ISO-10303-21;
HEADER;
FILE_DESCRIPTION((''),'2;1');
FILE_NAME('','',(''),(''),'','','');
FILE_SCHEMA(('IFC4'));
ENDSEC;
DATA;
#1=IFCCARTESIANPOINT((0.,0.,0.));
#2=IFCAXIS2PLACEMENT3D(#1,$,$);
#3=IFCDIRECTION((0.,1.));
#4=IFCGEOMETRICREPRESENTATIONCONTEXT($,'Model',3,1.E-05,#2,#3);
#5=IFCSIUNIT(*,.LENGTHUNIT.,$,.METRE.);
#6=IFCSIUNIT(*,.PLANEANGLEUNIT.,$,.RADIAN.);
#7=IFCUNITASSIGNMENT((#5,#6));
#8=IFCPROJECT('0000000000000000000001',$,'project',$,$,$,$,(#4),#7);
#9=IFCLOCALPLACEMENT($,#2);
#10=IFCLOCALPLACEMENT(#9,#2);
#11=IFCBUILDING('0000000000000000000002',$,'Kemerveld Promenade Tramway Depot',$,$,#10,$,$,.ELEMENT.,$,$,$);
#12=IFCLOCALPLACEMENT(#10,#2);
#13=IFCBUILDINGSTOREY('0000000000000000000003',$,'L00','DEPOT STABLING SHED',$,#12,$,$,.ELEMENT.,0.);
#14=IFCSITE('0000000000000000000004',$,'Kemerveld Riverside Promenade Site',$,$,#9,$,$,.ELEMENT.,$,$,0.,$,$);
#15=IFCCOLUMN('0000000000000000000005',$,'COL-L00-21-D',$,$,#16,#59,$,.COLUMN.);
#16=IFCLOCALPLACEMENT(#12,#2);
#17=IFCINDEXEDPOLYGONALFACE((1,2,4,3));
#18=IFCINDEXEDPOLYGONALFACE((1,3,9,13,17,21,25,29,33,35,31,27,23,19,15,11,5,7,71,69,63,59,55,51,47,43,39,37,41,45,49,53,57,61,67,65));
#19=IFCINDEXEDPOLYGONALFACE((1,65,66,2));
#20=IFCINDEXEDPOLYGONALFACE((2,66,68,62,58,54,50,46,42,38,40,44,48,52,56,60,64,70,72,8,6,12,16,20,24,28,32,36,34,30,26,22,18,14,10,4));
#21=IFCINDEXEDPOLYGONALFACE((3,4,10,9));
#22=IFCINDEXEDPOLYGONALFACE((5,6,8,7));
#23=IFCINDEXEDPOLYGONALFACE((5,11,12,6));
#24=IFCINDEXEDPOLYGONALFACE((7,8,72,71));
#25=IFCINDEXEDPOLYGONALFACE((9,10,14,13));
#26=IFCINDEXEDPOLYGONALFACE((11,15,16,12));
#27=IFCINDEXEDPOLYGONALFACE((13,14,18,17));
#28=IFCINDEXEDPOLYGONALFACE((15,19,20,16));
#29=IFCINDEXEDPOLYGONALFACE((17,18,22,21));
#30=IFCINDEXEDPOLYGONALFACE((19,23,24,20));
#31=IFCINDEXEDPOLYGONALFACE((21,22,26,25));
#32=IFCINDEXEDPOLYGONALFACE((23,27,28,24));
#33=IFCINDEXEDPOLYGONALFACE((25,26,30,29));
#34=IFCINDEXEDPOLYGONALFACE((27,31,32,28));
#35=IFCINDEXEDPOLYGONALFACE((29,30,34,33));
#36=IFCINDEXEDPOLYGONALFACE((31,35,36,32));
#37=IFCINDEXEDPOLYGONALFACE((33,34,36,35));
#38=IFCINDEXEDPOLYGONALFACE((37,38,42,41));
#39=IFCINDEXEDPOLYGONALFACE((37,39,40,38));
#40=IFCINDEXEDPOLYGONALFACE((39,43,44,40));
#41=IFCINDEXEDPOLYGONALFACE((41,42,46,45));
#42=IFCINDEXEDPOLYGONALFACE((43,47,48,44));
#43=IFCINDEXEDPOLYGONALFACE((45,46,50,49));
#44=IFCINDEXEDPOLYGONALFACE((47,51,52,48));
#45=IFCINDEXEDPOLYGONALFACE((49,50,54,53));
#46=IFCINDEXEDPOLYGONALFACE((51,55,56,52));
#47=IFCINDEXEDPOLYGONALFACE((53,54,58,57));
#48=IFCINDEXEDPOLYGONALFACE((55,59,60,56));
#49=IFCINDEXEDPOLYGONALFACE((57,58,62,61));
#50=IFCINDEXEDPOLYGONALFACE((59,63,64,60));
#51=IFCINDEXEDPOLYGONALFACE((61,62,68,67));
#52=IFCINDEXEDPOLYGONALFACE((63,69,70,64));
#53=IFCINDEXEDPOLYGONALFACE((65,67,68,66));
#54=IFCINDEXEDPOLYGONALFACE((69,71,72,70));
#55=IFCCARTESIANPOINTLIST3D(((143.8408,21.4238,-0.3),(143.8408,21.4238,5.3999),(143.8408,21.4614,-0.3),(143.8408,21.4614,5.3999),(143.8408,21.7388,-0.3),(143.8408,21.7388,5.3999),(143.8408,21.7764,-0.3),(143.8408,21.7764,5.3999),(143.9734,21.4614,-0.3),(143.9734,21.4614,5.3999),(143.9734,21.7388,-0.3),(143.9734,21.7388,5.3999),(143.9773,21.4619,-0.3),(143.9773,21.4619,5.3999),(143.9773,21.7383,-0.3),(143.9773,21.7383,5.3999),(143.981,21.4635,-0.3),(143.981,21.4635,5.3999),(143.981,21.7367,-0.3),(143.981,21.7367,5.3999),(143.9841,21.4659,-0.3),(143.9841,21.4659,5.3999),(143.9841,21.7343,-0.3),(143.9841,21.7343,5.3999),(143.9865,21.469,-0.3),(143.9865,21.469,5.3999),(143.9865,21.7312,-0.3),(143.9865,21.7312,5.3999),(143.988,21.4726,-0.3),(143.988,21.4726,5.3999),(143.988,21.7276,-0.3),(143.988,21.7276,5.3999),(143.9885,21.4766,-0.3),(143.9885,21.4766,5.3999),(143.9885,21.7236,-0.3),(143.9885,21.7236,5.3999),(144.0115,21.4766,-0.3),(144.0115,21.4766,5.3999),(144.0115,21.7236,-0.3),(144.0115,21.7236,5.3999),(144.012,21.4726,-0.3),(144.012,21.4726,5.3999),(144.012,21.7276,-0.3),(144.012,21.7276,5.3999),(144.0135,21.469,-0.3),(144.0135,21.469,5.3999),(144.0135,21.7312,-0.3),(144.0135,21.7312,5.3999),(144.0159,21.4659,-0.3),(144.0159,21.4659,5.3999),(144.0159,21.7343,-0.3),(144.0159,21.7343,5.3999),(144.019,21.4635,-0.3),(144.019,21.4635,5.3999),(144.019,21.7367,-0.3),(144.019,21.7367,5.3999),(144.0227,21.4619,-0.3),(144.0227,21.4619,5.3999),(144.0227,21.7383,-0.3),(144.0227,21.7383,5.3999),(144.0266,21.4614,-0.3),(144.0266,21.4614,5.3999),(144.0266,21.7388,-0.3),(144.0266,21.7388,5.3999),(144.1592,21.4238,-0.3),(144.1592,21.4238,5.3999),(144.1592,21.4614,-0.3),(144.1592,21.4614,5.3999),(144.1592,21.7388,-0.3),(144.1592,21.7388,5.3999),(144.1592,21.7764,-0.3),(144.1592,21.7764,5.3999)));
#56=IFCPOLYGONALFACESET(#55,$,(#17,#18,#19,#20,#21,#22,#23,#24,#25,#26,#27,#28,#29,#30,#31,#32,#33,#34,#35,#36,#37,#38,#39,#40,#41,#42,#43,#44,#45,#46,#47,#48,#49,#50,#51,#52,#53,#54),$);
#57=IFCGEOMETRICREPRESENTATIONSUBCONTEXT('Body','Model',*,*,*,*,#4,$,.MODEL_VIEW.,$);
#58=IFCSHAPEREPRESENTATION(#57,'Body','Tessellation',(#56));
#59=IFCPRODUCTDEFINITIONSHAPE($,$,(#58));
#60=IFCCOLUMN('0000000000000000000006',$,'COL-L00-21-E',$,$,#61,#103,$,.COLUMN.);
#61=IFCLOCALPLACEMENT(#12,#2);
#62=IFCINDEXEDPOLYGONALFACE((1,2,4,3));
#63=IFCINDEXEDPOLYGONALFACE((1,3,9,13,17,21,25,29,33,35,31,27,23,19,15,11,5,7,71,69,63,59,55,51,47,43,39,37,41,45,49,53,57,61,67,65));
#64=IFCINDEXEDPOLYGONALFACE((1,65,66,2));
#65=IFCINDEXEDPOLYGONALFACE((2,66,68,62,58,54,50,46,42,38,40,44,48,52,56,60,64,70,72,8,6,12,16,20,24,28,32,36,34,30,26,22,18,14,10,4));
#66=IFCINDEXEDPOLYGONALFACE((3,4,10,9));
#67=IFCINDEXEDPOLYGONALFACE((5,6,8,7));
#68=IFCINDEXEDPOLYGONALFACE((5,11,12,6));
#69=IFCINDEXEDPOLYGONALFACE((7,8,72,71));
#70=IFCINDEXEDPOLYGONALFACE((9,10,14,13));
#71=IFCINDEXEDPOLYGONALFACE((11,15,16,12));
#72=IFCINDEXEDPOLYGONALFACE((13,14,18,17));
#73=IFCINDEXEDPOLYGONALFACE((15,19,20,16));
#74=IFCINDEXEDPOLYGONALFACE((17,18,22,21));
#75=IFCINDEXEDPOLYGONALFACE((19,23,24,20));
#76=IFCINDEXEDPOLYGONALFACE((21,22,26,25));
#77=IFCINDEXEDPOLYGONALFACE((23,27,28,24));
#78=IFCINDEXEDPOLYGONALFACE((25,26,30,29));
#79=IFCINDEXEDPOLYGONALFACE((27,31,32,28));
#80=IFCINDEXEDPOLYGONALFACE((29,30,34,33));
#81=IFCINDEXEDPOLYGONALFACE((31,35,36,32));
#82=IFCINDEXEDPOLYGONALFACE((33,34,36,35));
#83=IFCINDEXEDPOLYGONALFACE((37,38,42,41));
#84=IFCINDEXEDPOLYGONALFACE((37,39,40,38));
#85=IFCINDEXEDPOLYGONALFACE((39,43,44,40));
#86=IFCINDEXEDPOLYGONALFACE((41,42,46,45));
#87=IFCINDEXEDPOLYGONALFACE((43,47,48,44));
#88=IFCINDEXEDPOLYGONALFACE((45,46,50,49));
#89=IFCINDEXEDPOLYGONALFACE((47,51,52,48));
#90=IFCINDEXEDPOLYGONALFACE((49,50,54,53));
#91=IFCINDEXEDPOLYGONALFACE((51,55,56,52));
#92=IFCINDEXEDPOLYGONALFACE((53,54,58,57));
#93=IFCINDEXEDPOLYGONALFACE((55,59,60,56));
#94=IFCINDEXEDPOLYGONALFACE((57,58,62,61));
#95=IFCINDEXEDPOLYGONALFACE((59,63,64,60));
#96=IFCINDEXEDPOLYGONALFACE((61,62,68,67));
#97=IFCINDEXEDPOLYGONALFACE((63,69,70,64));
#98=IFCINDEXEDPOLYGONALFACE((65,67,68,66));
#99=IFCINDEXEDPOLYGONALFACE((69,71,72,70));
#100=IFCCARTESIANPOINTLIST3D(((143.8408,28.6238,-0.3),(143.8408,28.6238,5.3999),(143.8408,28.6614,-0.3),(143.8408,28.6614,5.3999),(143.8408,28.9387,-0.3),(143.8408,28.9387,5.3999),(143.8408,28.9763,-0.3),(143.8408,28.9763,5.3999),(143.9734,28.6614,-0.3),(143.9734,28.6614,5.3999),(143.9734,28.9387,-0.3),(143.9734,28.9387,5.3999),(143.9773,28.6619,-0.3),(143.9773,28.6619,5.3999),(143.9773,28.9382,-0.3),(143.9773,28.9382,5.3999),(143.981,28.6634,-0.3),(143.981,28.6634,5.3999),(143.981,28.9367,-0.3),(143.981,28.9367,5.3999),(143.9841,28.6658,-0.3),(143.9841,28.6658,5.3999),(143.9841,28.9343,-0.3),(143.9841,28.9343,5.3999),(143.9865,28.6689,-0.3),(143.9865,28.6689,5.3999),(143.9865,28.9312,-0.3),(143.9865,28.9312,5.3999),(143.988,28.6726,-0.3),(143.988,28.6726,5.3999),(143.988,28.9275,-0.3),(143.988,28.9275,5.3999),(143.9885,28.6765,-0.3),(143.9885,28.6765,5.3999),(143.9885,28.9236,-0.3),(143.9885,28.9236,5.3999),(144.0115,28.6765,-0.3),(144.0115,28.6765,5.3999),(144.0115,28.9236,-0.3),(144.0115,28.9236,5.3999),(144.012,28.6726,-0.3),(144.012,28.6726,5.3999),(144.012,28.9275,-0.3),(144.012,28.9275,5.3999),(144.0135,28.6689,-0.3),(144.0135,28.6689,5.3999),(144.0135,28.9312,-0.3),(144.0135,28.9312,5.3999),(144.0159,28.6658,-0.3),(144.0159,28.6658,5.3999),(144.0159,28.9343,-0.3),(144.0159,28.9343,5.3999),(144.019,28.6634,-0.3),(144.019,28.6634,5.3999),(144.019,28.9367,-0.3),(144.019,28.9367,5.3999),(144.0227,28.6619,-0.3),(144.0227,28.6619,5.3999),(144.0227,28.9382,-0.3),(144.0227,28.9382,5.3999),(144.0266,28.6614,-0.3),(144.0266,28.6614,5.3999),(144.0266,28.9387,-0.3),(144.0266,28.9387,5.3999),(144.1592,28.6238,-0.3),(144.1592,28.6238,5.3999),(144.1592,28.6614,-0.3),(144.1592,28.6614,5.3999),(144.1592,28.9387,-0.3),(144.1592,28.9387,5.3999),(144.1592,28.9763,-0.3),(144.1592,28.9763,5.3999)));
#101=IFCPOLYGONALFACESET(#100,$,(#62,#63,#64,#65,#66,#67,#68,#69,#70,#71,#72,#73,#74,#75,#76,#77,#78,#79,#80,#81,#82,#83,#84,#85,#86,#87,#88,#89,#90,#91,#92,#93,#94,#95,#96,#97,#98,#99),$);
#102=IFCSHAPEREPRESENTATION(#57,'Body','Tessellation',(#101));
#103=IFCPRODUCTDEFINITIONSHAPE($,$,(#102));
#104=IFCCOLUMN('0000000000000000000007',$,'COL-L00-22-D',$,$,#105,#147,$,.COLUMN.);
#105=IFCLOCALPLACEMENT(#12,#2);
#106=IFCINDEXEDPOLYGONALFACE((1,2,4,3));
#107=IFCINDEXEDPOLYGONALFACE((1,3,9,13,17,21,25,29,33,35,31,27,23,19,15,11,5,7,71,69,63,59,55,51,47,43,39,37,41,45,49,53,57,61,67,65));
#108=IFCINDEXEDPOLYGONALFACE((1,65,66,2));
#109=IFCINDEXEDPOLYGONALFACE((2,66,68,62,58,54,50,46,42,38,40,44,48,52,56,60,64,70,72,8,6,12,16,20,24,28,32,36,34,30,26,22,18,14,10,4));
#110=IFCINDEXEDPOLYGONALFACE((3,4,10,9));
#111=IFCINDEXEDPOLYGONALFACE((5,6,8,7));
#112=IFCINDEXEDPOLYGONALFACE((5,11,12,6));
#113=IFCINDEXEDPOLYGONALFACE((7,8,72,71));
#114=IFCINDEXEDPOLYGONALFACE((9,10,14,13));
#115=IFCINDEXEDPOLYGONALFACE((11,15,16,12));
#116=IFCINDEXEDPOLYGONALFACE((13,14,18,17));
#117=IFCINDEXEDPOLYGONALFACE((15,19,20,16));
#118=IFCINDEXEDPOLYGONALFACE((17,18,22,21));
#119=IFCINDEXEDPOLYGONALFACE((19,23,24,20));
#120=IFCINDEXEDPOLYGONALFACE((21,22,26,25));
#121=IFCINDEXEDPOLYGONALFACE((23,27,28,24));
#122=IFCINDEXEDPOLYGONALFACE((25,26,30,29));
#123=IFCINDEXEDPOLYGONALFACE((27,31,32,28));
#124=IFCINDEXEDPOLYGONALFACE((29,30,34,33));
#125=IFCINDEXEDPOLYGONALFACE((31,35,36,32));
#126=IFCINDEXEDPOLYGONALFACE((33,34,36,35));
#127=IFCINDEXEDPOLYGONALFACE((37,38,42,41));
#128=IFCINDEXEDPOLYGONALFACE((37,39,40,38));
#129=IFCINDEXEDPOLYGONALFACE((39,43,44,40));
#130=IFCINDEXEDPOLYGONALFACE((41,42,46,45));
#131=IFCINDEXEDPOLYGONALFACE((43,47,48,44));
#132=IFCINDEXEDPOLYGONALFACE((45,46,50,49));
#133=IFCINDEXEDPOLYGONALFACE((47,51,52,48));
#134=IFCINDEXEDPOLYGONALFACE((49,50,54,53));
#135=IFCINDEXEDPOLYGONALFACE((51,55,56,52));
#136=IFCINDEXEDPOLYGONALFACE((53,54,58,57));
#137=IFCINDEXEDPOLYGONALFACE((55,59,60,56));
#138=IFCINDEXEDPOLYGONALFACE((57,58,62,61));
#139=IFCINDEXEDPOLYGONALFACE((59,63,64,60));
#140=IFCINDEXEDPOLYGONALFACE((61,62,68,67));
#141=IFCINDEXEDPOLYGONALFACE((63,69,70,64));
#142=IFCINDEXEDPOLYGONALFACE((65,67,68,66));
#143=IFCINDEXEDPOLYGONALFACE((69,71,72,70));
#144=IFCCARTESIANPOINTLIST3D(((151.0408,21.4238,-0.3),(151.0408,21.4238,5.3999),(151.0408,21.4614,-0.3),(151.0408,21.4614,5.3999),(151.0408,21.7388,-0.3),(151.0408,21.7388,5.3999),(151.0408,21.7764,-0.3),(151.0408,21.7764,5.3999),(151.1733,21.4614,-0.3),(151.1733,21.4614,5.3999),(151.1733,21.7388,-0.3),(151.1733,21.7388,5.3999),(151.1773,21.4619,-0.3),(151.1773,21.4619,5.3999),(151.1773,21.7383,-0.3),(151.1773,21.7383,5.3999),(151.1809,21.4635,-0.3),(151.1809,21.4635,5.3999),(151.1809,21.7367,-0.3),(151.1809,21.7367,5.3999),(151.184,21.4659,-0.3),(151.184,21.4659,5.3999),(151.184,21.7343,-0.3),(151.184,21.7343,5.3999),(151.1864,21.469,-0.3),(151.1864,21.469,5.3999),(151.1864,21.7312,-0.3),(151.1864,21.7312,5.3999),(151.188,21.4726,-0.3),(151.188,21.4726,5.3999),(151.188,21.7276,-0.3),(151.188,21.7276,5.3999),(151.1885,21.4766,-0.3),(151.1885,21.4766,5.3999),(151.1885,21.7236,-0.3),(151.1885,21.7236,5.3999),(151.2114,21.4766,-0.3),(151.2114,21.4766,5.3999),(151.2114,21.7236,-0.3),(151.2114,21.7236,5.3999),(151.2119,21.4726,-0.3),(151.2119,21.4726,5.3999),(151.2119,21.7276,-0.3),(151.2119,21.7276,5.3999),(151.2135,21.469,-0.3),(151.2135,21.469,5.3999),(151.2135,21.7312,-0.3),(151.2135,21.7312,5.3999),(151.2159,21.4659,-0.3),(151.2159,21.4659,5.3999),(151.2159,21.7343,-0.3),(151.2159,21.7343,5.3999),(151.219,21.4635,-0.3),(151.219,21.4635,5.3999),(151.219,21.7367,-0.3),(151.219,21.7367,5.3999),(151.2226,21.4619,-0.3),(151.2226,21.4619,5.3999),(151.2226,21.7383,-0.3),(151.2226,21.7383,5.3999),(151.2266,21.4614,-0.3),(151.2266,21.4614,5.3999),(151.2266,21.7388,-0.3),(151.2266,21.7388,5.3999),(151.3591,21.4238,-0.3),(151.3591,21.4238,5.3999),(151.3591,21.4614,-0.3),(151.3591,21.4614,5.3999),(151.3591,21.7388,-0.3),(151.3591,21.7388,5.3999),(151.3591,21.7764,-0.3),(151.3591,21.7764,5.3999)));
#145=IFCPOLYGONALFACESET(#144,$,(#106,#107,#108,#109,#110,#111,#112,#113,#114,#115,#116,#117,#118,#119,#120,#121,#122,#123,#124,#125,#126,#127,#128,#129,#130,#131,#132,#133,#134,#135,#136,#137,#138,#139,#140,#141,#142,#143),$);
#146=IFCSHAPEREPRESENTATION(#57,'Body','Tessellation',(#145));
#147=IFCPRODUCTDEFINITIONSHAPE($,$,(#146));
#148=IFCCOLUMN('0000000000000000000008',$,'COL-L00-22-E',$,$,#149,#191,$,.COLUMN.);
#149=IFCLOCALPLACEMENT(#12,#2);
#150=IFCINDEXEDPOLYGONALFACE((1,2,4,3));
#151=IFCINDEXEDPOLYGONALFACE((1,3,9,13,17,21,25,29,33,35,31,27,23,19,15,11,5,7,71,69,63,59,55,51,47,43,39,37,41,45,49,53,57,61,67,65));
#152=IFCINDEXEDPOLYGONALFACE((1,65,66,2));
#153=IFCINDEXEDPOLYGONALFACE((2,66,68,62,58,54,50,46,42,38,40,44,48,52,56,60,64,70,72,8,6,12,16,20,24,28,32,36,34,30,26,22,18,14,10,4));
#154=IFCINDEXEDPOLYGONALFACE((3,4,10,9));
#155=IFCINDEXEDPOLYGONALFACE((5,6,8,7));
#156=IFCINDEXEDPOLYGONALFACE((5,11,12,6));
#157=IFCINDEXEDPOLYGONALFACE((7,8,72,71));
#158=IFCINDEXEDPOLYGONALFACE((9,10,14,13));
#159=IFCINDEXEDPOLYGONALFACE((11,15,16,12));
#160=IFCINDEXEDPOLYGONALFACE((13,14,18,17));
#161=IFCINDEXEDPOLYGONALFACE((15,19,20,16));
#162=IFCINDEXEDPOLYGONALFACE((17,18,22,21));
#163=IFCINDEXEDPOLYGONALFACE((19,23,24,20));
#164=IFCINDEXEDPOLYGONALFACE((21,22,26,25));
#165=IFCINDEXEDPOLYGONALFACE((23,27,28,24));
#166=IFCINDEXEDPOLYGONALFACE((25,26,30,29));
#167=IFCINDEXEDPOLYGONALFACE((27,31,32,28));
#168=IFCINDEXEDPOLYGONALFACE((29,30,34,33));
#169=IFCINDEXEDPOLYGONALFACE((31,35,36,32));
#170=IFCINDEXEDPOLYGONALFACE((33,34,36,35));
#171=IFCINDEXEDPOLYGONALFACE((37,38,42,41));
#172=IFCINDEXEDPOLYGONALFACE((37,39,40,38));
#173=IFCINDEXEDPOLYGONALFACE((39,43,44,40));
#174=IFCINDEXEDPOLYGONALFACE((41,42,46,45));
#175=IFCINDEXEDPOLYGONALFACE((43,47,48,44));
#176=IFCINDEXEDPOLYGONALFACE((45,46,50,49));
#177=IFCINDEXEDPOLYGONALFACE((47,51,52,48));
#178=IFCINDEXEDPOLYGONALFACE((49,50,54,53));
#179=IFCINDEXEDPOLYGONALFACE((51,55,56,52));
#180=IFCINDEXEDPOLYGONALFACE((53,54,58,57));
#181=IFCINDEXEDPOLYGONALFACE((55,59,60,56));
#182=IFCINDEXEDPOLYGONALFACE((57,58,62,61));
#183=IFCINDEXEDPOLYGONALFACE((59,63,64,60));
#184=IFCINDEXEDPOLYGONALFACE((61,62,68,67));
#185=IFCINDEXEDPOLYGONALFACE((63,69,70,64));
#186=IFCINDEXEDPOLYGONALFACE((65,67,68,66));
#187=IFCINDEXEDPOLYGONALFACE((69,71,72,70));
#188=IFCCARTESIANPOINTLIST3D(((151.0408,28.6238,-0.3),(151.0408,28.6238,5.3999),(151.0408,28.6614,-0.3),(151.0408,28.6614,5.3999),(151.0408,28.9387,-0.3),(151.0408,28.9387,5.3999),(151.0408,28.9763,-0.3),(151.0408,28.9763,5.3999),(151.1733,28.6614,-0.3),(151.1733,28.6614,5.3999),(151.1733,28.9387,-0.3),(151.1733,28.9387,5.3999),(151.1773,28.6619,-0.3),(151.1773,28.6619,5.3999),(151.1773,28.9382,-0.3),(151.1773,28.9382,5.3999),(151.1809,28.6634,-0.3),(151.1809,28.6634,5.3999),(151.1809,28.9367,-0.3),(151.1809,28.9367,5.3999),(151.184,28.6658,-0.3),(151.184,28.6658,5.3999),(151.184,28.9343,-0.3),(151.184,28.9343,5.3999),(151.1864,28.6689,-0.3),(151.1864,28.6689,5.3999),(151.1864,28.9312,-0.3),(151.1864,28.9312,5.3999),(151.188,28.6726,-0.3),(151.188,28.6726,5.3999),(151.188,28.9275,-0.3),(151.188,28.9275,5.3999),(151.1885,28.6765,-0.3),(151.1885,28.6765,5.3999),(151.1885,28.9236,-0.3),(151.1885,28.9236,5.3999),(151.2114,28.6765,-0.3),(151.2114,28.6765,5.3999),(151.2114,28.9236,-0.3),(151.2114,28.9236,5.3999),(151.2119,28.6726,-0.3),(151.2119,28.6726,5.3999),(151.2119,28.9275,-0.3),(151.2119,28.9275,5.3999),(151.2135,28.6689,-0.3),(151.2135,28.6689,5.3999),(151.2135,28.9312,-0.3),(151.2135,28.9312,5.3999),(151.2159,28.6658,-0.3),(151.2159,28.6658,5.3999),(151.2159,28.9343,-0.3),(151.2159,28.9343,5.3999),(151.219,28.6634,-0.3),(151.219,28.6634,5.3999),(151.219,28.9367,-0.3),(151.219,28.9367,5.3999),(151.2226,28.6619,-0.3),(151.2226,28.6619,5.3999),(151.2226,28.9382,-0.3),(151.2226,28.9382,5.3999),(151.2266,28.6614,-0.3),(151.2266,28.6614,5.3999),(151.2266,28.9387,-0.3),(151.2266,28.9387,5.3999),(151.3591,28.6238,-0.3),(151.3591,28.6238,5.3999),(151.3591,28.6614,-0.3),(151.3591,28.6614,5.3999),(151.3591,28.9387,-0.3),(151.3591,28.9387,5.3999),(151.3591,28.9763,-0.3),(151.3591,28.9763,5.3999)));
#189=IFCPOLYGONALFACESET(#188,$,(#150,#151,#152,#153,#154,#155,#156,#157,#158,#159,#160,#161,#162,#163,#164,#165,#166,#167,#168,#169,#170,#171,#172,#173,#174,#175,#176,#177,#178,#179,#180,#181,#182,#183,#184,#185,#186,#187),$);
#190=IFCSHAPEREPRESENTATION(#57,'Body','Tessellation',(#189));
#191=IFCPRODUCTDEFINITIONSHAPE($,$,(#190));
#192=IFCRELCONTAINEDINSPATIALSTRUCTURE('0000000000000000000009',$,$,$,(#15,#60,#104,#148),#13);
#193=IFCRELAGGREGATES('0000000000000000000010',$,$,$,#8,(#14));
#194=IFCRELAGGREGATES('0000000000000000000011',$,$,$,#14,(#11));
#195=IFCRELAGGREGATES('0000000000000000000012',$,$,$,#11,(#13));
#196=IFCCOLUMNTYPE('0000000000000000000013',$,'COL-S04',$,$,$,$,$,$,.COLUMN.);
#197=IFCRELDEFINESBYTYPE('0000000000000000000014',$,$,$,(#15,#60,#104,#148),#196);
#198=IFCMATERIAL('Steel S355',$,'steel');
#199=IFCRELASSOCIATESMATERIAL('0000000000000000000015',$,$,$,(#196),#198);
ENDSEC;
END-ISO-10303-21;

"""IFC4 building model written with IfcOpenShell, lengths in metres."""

from ifc_helpers import new_model, si_unit, direction, frame, origin, origin_2d, place, context, subcontext, project, spatial, i_section, extrude, material, material_profile, profile_set, type_object, element, save


model = new_model("IFC4")

# Units and contexts
model_context = context("Model", 3, precision=1e-05, world=origin(), true_north=direction((0.0, 1.0)))
body_context = subcontext(model_context, "Body", "Model", "MODEL_VIEW")
ifc_project = project(units=[si_unit("LENGTHUNIT", "METRE"), si_unit("PLANEANGLEUNIT", "RADIAN")], contexts=[model_context])

# Site, building, storey
site_placement = place(None, origin())
site = spatial("IfcSite", under=ifc_project, at=site_placement, Name="Kemerveld Riverside Promenade Site", CompositionType="ELEMENT", RefElevation=0.0)
building_placement = place(site_placement, origin())
building = spatial("IfcBuilding", under=site, at=building_placement, Name="Kemerveld Promenade Tramway Depot", CompositionType="ELEMENT")
storey_placement = place(building_placement, origin())
storey = spatial("IfcBuildingStorey", under=building, at=storey_placement, Name="L00", Description="DEPOT STABLING SHED", CompositionType="ELEMENT", Elevation=0.0)

# Columns
ifc_material_1 = material(Name="Steel S355", Category="steel")
ifc_material_profile_1 = material_profile(ifc_material_1, i_section(OverallWidth=0.3184, OverallDepth=0.3525, WebThickness=0.0229, FlangeThickness=0.0376, FilletRadius=0.0151, at=origin_2d()), Name="305x305x240 UC")
ifc_profile_set_1 = profile_set([ifc_material_profile_1], Name="Steel S355")
column_type = type_object("IfcColumnType", Name="COL-S04", PredefinedType="COLUMN", material=ifc_profile_set_1)
for number, where, z_axis, x_axis, name in (
    (1, (144.0, 21.6001, -0.3), (0.0, 0.0, 1.0), (1.0, 0.0, 0.0), "COL-L00-21-D"),
    (2, (144.0, 28.8, -0.3), (0.0, 0.0, 1.0), (1.0, 0.0, 0.0), "COL-L00-21-E"),
    (3, (151.2, 21.6001, -0.3), (0.0, 0.0, 1.0), (1.0, 0.0, 0.0), "COL-L00-22-D"),
    (4, (151.2, 28.8, -0.3), (0.0, 0.0, 1.0), (1.0, 0.0, 0.0), "COL-L00-22-E"),
):
    element("IfcColumn", number, at=place(storey_placement, frame(where, z_axis=z_axis, x_axis=x_axis)), inside=storey, type_object=column_type, Name=name, PredefinedType="COLUMN", context=body_context, shape_type="SweptSolid", body=[
        extrude(i_section(OverallWidth=0.3184, OverallDepth=0.3525, WebThickness=0.0229, FlangeThickness=0.0376, FilletRadius=0.0151, at=origin_2d()), origin(), (0.0, 0.0, 1.0), 5.7),
    ])

save(model, "model.ifc")
